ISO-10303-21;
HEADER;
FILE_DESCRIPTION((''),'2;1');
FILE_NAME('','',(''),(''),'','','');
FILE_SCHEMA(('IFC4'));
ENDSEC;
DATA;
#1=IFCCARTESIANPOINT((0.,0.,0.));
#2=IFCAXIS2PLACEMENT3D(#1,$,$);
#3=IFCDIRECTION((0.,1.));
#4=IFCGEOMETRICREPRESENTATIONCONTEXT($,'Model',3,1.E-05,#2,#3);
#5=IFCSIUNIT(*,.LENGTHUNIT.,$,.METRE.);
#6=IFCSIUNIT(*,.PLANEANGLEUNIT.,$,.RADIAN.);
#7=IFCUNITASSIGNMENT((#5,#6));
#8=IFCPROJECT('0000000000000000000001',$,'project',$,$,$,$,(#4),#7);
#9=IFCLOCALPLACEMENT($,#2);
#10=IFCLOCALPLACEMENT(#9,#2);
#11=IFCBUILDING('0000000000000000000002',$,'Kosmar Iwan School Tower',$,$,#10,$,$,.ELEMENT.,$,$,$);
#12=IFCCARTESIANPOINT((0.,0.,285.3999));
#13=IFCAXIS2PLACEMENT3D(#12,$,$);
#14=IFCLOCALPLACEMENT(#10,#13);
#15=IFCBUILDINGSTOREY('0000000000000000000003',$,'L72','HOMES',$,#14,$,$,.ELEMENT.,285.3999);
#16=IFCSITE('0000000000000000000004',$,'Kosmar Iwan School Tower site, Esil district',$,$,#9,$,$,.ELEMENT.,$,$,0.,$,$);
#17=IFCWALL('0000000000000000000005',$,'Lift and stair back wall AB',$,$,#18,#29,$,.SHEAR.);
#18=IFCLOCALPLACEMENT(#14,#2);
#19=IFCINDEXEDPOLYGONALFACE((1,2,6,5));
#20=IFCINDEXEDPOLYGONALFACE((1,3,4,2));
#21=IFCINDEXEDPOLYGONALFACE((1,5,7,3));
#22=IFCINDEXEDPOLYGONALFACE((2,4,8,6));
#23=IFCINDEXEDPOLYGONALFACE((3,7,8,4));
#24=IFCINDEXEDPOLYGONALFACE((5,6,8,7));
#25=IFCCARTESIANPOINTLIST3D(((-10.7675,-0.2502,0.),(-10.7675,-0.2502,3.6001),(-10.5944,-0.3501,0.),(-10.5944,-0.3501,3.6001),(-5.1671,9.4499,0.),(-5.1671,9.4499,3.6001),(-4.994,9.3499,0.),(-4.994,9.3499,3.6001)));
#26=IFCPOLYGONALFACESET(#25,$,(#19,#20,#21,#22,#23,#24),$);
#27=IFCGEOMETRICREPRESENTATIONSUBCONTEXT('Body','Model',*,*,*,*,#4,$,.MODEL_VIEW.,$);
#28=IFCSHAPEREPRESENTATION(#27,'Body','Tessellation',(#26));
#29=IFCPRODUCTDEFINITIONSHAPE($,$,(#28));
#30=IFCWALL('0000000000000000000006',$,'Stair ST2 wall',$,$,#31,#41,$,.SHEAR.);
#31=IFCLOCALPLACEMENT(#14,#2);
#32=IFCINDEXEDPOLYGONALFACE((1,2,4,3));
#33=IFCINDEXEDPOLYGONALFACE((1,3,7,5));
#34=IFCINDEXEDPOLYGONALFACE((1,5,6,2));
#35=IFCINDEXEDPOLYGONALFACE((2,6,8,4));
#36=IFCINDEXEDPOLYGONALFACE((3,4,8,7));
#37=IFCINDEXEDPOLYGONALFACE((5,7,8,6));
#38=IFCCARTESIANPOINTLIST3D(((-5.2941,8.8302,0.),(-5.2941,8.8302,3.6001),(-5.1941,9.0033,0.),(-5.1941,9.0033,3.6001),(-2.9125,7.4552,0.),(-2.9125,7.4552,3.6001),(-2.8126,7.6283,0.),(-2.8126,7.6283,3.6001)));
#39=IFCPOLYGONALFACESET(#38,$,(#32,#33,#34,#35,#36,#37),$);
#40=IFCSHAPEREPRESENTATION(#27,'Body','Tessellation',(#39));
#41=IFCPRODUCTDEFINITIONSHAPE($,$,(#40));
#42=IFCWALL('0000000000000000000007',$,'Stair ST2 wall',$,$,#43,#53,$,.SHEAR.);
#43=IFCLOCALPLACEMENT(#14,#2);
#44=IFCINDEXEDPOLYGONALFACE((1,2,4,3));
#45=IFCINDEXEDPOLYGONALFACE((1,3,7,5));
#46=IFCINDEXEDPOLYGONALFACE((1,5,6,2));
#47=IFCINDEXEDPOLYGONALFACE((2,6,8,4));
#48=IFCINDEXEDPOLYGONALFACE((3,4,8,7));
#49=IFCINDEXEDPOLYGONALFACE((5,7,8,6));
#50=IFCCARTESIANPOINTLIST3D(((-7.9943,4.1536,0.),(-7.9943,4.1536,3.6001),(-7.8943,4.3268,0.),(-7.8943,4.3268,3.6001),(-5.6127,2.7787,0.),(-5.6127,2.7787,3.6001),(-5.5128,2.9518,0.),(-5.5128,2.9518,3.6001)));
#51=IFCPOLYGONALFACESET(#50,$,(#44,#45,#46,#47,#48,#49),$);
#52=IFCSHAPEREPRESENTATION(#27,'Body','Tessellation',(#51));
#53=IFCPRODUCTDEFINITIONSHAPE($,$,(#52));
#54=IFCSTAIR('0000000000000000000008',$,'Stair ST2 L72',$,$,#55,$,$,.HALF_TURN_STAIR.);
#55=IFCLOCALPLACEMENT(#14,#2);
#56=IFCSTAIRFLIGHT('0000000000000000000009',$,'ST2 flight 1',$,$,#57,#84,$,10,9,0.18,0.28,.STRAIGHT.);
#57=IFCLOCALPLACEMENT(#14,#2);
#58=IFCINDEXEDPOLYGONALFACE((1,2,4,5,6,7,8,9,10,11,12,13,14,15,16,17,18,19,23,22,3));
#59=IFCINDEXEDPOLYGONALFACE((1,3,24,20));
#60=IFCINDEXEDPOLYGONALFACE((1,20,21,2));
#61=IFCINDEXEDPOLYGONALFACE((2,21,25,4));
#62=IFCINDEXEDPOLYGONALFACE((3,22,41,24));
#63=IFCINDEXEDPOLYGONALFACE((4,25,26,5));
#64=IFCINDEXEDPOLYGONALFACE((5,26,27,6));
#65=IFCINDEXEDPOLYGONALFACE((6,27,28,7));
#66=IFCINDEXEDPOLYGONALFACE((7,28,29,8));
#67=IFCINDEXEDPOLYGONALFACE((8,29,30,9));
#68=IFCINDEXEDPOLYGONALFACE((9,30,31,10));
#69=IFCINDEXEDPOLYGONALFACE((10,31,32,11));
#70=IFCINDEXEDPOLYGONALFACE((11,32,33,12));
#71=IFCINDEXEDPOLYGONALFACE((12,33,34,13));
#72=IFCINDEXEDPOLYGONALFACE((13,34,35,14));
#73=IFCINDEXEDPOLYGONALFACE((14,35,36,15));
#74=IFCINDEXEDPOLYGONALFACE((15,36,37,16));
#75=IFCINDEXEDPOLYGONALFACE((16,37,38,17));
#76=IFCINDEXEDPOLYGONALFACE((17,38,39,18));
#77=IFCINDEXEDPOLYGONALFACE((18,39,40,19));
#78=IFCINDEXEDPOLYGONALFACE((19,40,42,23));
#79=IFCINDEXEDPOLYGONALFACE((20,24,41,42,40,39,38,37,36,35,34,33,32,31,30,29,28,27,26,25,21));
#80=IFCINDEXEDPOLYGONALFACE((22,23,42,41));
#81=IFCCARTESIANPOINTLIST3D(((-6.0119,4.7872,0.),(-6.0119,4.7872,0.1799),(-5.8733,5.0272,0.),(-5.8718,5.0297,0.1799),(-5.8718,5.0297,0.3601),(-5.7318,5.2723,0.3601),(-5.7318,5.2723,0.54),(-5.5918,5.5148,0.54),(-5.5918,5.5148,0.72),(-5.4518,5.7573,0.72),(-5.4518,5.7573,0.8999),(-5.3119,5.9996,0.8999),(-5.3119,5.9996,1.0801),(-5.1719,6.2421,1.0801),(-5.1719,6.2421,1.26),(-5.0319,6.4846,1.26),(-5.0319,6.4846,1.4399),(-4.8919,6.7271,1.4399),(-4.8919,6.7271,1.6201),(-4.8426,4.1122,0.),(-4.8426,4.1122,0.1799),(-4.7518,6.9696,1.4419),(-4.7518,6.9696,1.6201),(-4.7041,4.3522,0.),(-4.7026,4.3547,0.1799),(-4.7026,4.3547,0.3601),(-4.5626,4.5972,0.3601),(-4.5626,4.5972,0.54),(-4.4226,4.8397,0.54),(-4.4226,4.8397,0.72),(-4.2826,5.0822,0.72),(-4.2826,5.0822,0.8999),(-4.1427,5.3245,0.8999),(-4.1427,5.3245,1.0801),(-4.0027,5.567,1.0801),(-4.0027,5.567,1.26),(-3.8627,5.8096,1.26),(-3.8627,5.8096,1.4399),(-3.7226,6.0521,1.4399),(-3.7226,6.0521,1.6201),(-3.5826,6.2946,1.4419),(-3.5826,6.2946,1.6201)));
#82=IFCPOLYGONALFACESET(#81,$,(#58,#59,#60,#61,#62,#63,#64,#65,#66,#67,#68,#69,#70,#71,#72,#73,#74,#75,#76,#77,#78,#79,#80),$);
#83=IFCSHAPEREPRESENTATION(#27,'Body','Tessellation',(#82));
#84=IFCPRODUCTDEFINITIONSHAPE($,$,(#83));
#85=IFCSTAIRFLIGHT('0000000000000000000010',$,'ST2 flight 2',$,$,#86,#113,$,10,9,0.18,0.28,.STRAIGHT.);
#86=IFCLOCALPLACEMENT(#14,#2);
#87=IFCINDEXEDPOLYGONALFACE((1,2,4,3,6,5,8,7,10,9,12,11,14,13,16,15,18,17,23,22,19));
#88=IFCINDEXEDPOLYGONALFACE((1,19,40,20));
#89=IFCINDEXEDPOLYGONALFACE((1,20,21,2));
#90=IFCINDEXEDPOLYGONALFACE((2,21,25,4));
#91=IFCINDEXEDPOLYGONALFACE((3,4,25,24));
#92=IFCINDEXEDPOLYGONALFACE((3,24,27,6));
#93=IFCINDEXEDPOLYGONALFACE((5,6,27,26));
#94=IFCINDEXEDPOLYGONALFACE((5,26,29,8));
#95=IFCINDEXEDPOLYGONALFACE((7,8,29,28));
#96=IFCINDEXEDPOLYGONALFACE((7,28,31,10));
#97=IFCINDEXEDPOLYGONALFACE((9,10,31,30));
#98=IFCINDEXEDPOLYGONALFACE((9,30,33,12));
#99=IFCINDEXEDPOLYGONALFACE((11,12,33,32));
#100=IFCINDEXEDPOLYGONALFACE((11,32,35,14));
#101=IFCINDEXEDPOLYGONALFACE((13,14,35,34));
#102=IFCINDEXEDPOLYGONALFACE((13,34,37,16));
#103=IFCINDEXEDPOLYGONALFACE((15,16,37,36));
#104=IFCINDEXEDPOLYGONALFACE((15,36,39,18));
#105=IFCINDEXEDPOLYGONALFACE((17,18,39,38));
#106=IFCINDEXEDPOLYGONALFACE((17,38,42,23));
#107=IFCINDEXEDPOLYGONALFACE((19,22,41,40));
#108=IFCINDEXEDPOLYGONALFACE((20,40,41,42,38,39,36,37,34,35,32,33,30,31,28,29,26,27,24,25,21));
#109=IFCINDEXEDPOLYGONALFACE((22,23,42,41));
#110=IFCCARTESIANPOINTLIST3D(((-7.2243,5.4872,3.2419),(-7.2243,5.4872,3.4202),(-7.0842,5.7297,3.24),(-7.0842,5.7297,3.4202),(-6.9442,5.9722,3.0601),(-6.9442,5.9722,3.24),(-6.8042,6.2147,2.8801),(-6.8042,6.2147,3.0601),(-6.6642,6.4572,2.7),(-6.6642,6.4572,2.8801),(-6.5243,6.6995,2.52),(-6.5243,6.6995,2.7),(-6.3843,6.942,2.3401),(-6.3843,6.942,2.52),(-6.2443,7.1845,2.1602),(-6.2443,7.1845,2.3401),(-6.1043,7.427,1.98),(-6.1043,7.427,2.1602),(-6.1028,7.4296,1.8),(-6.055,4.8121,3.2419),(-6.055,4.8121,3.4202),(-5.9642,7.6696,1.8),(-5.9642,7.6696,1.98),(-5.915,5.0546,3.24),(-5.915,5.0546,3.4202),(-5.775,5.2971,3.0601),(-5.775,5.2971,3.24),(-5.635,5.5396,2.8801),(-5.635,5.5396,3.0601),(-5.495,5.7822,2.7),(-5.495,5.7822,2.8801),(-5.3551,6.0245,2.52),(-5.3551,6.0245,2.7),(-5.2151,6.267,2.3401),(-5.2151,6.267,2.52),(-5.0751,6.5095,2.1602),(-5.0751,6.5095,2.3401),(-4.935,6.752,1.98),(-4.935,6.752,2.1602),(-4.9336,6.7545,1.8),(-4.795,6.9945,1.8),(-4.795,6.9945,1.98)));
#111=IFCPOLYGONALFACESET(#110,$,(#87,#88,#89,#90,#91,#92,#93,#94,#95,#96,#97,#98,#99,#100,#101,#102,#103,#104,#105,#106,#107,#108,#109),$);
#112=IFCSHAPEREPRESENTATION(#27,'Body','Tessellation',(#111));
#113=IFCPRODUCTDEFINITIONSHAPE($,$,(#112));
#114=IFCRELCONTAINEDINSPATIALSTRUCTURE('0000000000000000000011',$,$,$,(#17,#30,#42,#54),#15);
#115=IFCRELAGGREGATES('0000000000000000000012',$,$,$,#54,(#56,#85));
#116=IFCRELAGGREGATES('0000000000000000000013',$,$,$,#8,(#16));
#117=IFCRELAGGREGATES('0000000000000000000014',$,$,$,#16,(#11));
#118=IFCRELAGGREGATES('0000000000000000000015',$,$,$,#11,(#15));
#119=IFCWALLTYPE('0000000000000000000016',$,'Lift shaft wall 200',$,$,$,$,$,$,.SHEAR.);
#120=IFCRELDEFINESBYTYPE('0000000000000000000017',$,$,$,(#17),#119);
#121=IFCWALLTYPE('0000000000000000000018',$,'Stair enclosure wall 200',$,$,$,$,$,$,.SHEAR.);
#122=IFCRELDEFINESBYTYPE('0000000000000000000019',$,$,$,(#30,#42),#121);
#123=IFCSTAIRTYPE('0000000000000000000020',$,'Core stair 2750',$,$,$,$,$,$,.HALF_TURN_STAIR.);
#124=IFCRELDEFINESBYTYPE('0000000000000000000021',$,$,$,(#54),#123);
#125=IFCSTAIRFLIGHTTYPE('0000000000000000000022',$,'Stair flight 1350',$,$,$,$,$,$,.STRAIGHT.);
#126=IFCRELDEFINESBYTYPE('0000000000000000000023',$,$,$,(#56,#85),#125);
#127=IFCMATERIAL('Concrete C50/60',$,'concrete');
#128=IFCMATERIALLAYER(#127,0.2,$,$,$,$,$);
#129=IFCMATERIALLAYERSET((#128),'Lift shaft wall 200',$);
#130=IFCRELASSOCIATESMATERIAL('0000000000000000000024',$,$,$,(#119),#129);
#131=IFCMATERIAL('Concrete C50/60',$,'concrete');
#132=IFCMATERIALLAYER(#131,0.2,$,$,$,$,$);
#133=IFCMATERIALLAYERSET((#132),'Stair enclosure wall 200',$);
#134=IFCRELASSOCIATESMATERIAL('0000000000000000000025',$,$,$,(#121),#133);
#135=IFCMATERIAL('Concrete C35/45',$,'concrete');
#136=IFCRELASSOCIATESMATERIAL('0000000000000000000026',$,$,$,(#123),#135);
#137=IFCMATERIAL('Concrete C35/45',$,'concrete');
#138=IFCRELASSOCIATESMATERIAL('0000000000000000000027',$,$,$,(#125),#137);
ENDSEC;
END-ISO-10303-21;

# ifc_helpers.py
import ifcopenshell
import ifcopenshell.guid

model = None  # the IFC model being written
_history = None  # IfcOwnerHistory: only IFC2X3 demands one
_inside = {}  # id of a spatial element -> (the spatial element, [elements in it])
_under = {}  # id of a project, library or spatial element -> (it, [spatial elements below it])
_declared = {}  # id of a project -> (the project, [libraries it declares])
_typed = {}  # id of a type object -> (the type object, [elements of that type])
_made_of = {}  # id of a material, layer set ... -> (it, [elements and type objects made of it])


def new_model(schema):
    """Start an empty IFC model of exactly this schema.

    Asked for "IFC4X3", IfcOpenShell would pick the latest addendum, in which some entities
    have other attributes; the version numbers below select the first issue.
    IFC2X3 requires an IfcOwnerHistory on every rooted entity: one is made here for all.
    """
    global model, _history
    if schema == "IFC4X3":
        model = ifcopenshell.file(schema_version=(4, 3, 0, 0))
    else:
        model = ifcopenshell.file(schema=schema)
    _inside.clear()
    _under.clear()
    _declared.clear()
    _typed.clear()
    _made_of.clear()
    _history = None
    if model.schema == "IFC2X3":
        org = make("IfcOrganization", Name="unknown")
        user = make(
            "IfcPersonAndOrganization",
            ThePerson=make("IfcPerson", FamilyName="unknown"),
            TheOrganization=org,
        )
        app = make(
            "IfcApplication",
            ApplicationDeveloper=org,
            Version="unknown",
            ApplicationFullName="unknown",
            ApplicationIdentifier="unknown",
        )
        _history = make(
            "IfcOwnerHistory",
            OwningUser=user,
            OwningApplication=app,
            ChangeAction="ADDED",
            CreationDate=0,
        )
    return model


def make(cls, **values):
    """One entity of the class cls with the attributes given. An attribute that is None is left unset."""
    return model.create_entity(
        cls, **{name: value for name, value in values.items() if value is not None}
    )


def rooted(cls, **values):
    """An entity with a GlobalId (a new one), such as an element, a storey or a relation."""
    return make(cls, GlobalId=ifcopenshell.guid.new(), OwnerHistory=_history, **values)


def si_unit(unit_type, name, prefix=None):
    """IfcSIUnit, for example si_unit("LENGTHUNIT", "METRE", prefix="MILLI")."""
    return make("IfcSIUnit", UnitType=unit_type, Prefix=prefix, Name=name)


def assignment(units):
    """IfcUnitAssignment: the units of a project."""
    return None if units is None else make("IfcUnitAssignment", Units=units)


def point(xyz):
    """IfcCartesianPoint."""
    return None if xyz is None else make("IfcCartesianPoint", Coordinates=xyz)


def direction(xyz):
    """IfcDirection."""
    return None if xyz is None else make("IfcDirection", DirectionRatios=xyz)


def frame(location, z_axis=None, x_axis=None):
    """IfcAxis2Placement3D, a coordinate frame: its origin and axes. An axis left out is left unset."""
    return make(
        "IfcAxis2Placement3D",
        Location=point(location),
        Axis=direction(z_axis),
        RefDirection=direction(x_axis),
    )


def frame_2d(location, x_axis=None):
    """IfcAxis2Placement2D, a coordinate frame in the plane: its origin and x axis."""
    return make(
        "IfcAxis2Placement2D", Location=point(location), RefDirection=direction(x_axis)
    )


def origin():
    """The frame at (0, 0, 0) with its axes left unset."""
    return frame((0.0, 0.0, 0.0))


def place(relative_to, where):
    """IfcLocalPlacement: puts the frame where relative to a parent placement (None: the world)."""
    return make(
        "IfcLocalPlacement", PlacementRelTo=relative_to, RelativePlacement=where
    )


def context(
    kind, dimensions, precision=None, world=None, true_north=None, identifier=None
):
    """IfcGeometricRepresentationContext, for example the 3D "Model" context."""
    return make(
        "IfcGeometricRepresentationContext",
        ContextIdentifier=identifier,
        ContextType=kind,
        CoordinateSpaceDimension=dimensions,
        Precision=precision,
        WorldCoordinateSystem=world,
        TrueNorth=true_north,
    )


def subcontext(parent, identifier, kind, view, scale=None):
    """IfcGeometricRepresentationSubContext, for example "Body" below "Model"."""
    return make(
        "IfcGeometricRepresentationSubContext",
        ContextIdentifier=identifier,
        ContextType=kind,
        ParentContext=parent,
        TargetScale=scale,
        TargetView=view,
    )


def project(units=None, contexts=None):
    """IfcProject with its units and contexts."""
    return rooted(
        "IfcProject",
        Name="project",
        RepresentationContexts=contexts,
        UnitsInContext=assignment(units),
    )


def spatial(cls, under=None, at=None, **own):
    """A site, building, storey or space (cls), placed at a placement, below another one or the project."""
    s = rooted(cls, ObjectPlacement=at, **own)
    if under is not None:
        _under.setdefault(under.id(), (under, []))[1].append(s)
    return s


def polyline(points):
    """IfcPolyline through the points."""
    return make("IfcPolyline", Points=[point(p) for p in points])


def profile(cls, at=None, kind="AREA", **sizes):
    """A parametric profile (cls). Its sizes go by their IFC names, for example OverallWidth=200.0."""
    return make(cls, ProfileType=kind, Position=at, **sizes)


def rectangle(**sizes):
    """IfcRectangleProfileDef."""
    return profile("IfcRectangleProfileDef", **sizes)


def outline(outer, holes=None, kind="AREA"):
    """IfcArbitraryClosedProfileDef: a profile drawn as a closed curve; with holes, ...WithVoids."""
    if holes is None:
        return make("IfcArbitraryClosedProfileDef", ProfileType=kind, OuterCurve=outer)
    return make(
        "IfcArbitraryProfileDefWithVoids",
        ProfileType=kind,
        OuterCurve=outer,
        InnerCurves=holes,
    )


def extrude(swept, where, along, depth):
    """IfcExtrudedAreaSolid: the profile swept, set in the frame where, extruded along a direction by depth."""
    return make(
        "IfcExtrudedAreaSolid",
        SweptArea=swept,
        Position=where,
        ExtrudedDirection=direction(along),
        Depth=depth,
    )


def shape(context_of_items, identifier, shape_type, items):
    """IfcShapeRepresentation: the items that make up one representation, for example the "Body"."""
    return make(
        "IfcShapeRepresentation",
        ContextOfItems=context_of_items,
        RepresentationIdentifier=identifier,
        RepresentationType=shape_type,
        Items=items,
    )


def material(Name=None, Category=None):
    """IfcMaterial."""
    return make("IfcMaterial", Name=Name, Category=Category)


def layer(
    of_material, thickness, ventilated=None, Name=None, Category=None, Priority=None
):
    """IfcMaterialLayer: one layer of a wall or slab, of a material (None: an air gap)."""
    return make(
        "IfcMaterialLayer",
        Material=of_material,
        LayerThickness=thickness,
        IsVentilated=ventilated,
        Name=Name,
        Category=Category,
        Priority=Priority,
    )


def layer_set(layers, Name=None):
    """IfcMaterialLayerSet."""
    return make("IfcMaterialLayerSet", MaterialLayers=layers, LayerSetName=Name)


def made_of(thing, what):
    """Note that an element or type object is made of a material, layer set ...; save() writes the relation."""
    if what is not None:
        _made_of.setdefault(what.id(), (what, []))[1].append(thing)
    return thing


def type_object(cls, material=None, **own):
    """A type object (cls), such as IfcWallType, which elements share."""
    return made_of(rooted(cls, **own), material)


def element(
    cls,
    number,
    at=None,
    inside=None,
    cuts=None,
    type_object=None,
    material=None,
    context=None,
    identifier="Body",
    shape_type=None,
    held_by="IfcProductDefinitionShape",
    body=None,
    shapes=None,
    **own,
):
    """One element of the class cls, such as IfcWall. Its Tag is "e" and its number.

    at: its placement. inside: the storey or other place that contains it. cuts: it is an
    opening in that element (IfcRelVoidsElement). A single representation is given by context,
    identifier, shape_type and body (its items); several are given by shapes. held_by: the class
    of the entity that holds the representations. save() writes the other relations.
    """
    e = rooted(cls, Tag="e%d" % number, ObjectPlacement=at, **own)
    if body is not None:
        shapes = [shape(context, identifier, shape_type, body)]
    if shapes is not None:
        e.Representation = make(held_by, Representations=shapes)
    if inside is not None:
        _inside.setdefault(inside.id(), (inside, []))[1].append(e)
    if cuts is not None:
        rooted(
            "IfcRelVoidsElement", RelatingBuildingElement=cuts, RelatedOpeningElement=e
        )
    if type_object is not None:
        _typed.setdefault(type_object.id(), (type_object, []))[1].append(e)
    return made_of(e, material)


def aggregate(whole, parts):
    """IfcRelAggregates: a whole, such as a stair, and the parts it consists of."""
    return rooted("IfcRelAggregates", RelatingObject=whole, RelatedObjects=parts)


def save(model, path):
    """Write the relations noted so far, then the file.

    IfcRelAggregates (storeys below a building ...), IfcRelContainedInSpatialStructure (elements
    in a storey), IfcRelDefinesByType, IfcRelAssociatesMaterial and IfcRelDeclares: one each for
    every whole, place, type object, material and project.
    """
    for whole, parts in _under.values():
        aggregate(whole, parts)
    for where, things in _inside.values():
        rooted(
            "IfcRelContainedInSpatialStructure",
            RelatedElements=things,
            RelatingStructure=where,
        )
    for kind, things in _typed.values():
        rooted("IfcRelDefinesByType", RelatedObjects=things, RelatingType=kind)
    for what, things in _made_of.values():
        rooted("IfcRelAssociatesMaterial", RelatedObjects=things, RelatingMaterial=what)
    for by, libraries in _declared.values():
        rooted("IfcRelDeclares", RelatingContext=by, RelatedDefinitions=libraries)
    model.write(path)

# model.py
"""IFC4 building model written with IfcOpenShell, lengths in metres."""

from ifc_helpers import new_model, si_unit, direction, frame, frame_2d, origin, place, context, subcontext, project, spatial, polyline, rectangle, outline, extrude, material, layer, layer_set, type_object, element, aggregate, save


model = new_model("IFC4")

# Units and contexts
model_context = context("Model", 3, precision=1e-05, world=origin(), true_north=direction((0.0, 1.0)))
body_context = subcontext(model_context, "Body", "Model", "MODEL_VIEW")
ifc_project = project(units=[si_unit("LENGTHUNIT", "METRE"), si_unit("PLANEANGLEUNIT", "RADIAN")], contexts=[model_context])

# Site, building, storey
site_placement = place(None, origin())
site = spatial("IfcSite", under=ifc_project, at=site_placement, Name="Kosmar Iwan School Tower site, Esil district", CompositionType="ELEMENT", RefElevation=0.0)
building_placement = place(site_placement, origin())
building = spatial("IfcBuilding", under=site, at=building_placement, Name="Kosmar Iwan School Tower", CompositionType="ELEMENT")
storey_placement = place(building_placement, frame((0.0, 0.0, 285.3999)))
storey = spatial("IfcBuildingStorey", under=building, at=storey_placement, Name="L72", Description="HOMES", CompositionType="ELEMENT", Elevation=285.3999)

# Shared definitions
ifc_material_1 = material(Name="Concrete C50/60", Category="concrete")
ifc_layer_1 = layer(ifc_material_1, 0.2)
ifc_layer_set_1 = layer_set([ifc_layer_1], Name="Lift shaft wall 200")
wall_type_1 = type_object("IfcWallType", Name="Lift shaft wall 200", PredefinedType="SHEAR", material=ifc_layer_set_1)

# Walls
wall_1_placement = place(storey_placement, frame((-5.0806, 9.3999, 0.0), z_axis=(0.0, 0.0, 1.0), x_axis=(-0.500005, -0.866023, 0.0)))
element("IfcWall", 1, at=wall_1_placement, inside=storey, type_object=wall_type_1, Name="Lift and stair back wall AB", PredefinedType="SHEAR", context=body_context, shape_type="SweptSolid", body=[
    extrude(rectangle(XDim=11.2007, YDim=0.2, at=frame_2d((5.6003, 0.0))), origin(), (0.0, 0.0, 1.0), 3.6001),
])
ifc_material_2 = material(Name="Concrete C50/60", Category="concrete")
ifc_layer_2 = layer(ifc_material_2, 0.2)
ifc_layer_set_2 = layer_set([ifc_layer_2], Name="Stair enclosure wall 200")
wall_type_2 = type_object("IfcWallType", Name="Stair enclosure wall 200", PredefinedType="SHEAR", material=ifc_layer_set_2)
for number, where, z_axis, x_axis, name in (
    (2, (-2.8625, 7.5417, 0.0), (0.0, 0.0, 1.0), (-0.866027, 0.499997, 0.0), "Stair ST2 wall"),
    (3, (-5.5627, 2.8652, 0.0), (0.0, 0.0, 1.0), (-0.866027, 0.499997, 0.0), "Stair ST2 wall"),
):
    element("IfcWall", number, at=place(storey_placement, frame(where, z_axis=z_axis, x_axis=x_axis)), inside=storey, type_object=wall_type_2, Name=name, PredefinedType="SHEAR", context=body_context, shape_type="SweptSolid", body=[
        extrude(rectangle(XDim=2.75, YDim=0.2, at=frame_2d((1.375, 0.0))), origin(), (0.0, 0.0, 1.0), 3.6001),
    ])

# Stair, stair flights
ifc_material_3 = material(Name="Concrete C35/45", Category="concrete")
stair_type = type_object("IfcStairType", Name="Core stair 2750", PredefinedType="HALF_TURN_STAIR", material=ifc_material_3)
stair_placement = place(storey_placement, origin())
stair = element("IfcStair", 4, at=stair_placement, inside=storey, type_object=stair_type, Name="Stair ST2 L72", PredefinedType="HALF_TURN_STAIR")
ifc_material_4 = material(Name="Concrete C35/45", Category="concrete")
stair_flight_type = type_object("IfcStairFlightType", Name="Stair flight 1350", PredefinedType="STRAIGHT", material=ifc_material_4)
stair_flight_1_placement = place(storey_placement, frame((-5.4272, 4.4497, 0.0), z_axis=(0.0, 0.0, 1.0), x_axis=(0.5, 0.866025, 0.0)))
stair_flight_1 = element("IfcStairFlight", 5, at=stair_flight_1_placement, type_object=stair_flight_type, Name="ST2 flight 1", NumberOfRisers=10, NumberOfTreads=9, PredefinedType="STRAIGHT", RiserHeight=0.18, TreadLength=0.28, context=body_context, shape_type="SweptSolid", body=[
    extrude(outline(polyline([(0.0, 0.0), (0.0, 0.1799), (0.28, 0.1799), (0.28, 0.3601), (0.5601, 0.3601), (0.5601, 0.54), (0.8401, 0.54), (0.8401, 0.72), (1.1201, 0.72), (1.1201, 0.8999), (1.3999, 0.8999), (1.3999, 1.0801), (1.6799, 1.0801), (1.6799, 1.26), (1.96, 1.26), (1.96, 1.4399), (2.24, 1.4399), (2.24, 1.6201), (2.52, 1.6201), (2.52, 1.8), (2.52, 1.4419), (0.2771, 0.0), (0.0, 0.0)])), frame((0.0, 0.675, 0.0), z_axis=(0.0, -1.0, 0.0), x_axis=(1.0, 0.0, 0.0)), (0.0, 0.0, 1.0), 1.3501),
])
stair_flight_2_placement = place(storey_placement, frame((-5.3796, 7.332, 1.8), z_axis=(0.0, 0.0, 1.0), x_axis=(-0.5, -0.866025, 0.0)))
stair_flight_2 = element("IfcStairFlight", 6, at=stair_flight_2_placement, type_object=stair_flight_type, Name="ST2 flight 2", NumberOfRisers=10, NumberOfTreads=9, PredefinedType="STRAIGHT", RiserHeight=0.18, TreadLength=0.28, context=body_context, shape_type="SweptSolid", body=[
    extrude(outline(polyline([(0.0, 0.0), (0.0, 0.1799), (0.28, 0.1799), (0.28, 0.3601), (0.5601, 0.3601), (0.5601, 0.54), (0.8401, 0.54), (0.8401, 0.72), (1.1201, 0.72), (1.1201, 0.8999), (1.3999, 0.8999), (1.3999, 1.0801), (1.6799, 1.0801), (1.6799, 1.26), (1.96, 1.26), (1.96, 1.4399), (2.24, 1.4399), (2.24, 1.6201), (2.52, 1.6201), (2.52, 1.8), (2.52, 1.4419), (0.2771, 0.0), (0.0, 0.0)])), frame((0.0, 0.675, 0.0), z_axis=(0.0, -1.0, 0.0), x_axis=(1.0, 0.0, 0.0)), (0.0, 0.0, 1.0), 1.3501),
])
aggregate(stair, [stair_flight_1, stair_flight_2])

save(model, "model.ifc")
